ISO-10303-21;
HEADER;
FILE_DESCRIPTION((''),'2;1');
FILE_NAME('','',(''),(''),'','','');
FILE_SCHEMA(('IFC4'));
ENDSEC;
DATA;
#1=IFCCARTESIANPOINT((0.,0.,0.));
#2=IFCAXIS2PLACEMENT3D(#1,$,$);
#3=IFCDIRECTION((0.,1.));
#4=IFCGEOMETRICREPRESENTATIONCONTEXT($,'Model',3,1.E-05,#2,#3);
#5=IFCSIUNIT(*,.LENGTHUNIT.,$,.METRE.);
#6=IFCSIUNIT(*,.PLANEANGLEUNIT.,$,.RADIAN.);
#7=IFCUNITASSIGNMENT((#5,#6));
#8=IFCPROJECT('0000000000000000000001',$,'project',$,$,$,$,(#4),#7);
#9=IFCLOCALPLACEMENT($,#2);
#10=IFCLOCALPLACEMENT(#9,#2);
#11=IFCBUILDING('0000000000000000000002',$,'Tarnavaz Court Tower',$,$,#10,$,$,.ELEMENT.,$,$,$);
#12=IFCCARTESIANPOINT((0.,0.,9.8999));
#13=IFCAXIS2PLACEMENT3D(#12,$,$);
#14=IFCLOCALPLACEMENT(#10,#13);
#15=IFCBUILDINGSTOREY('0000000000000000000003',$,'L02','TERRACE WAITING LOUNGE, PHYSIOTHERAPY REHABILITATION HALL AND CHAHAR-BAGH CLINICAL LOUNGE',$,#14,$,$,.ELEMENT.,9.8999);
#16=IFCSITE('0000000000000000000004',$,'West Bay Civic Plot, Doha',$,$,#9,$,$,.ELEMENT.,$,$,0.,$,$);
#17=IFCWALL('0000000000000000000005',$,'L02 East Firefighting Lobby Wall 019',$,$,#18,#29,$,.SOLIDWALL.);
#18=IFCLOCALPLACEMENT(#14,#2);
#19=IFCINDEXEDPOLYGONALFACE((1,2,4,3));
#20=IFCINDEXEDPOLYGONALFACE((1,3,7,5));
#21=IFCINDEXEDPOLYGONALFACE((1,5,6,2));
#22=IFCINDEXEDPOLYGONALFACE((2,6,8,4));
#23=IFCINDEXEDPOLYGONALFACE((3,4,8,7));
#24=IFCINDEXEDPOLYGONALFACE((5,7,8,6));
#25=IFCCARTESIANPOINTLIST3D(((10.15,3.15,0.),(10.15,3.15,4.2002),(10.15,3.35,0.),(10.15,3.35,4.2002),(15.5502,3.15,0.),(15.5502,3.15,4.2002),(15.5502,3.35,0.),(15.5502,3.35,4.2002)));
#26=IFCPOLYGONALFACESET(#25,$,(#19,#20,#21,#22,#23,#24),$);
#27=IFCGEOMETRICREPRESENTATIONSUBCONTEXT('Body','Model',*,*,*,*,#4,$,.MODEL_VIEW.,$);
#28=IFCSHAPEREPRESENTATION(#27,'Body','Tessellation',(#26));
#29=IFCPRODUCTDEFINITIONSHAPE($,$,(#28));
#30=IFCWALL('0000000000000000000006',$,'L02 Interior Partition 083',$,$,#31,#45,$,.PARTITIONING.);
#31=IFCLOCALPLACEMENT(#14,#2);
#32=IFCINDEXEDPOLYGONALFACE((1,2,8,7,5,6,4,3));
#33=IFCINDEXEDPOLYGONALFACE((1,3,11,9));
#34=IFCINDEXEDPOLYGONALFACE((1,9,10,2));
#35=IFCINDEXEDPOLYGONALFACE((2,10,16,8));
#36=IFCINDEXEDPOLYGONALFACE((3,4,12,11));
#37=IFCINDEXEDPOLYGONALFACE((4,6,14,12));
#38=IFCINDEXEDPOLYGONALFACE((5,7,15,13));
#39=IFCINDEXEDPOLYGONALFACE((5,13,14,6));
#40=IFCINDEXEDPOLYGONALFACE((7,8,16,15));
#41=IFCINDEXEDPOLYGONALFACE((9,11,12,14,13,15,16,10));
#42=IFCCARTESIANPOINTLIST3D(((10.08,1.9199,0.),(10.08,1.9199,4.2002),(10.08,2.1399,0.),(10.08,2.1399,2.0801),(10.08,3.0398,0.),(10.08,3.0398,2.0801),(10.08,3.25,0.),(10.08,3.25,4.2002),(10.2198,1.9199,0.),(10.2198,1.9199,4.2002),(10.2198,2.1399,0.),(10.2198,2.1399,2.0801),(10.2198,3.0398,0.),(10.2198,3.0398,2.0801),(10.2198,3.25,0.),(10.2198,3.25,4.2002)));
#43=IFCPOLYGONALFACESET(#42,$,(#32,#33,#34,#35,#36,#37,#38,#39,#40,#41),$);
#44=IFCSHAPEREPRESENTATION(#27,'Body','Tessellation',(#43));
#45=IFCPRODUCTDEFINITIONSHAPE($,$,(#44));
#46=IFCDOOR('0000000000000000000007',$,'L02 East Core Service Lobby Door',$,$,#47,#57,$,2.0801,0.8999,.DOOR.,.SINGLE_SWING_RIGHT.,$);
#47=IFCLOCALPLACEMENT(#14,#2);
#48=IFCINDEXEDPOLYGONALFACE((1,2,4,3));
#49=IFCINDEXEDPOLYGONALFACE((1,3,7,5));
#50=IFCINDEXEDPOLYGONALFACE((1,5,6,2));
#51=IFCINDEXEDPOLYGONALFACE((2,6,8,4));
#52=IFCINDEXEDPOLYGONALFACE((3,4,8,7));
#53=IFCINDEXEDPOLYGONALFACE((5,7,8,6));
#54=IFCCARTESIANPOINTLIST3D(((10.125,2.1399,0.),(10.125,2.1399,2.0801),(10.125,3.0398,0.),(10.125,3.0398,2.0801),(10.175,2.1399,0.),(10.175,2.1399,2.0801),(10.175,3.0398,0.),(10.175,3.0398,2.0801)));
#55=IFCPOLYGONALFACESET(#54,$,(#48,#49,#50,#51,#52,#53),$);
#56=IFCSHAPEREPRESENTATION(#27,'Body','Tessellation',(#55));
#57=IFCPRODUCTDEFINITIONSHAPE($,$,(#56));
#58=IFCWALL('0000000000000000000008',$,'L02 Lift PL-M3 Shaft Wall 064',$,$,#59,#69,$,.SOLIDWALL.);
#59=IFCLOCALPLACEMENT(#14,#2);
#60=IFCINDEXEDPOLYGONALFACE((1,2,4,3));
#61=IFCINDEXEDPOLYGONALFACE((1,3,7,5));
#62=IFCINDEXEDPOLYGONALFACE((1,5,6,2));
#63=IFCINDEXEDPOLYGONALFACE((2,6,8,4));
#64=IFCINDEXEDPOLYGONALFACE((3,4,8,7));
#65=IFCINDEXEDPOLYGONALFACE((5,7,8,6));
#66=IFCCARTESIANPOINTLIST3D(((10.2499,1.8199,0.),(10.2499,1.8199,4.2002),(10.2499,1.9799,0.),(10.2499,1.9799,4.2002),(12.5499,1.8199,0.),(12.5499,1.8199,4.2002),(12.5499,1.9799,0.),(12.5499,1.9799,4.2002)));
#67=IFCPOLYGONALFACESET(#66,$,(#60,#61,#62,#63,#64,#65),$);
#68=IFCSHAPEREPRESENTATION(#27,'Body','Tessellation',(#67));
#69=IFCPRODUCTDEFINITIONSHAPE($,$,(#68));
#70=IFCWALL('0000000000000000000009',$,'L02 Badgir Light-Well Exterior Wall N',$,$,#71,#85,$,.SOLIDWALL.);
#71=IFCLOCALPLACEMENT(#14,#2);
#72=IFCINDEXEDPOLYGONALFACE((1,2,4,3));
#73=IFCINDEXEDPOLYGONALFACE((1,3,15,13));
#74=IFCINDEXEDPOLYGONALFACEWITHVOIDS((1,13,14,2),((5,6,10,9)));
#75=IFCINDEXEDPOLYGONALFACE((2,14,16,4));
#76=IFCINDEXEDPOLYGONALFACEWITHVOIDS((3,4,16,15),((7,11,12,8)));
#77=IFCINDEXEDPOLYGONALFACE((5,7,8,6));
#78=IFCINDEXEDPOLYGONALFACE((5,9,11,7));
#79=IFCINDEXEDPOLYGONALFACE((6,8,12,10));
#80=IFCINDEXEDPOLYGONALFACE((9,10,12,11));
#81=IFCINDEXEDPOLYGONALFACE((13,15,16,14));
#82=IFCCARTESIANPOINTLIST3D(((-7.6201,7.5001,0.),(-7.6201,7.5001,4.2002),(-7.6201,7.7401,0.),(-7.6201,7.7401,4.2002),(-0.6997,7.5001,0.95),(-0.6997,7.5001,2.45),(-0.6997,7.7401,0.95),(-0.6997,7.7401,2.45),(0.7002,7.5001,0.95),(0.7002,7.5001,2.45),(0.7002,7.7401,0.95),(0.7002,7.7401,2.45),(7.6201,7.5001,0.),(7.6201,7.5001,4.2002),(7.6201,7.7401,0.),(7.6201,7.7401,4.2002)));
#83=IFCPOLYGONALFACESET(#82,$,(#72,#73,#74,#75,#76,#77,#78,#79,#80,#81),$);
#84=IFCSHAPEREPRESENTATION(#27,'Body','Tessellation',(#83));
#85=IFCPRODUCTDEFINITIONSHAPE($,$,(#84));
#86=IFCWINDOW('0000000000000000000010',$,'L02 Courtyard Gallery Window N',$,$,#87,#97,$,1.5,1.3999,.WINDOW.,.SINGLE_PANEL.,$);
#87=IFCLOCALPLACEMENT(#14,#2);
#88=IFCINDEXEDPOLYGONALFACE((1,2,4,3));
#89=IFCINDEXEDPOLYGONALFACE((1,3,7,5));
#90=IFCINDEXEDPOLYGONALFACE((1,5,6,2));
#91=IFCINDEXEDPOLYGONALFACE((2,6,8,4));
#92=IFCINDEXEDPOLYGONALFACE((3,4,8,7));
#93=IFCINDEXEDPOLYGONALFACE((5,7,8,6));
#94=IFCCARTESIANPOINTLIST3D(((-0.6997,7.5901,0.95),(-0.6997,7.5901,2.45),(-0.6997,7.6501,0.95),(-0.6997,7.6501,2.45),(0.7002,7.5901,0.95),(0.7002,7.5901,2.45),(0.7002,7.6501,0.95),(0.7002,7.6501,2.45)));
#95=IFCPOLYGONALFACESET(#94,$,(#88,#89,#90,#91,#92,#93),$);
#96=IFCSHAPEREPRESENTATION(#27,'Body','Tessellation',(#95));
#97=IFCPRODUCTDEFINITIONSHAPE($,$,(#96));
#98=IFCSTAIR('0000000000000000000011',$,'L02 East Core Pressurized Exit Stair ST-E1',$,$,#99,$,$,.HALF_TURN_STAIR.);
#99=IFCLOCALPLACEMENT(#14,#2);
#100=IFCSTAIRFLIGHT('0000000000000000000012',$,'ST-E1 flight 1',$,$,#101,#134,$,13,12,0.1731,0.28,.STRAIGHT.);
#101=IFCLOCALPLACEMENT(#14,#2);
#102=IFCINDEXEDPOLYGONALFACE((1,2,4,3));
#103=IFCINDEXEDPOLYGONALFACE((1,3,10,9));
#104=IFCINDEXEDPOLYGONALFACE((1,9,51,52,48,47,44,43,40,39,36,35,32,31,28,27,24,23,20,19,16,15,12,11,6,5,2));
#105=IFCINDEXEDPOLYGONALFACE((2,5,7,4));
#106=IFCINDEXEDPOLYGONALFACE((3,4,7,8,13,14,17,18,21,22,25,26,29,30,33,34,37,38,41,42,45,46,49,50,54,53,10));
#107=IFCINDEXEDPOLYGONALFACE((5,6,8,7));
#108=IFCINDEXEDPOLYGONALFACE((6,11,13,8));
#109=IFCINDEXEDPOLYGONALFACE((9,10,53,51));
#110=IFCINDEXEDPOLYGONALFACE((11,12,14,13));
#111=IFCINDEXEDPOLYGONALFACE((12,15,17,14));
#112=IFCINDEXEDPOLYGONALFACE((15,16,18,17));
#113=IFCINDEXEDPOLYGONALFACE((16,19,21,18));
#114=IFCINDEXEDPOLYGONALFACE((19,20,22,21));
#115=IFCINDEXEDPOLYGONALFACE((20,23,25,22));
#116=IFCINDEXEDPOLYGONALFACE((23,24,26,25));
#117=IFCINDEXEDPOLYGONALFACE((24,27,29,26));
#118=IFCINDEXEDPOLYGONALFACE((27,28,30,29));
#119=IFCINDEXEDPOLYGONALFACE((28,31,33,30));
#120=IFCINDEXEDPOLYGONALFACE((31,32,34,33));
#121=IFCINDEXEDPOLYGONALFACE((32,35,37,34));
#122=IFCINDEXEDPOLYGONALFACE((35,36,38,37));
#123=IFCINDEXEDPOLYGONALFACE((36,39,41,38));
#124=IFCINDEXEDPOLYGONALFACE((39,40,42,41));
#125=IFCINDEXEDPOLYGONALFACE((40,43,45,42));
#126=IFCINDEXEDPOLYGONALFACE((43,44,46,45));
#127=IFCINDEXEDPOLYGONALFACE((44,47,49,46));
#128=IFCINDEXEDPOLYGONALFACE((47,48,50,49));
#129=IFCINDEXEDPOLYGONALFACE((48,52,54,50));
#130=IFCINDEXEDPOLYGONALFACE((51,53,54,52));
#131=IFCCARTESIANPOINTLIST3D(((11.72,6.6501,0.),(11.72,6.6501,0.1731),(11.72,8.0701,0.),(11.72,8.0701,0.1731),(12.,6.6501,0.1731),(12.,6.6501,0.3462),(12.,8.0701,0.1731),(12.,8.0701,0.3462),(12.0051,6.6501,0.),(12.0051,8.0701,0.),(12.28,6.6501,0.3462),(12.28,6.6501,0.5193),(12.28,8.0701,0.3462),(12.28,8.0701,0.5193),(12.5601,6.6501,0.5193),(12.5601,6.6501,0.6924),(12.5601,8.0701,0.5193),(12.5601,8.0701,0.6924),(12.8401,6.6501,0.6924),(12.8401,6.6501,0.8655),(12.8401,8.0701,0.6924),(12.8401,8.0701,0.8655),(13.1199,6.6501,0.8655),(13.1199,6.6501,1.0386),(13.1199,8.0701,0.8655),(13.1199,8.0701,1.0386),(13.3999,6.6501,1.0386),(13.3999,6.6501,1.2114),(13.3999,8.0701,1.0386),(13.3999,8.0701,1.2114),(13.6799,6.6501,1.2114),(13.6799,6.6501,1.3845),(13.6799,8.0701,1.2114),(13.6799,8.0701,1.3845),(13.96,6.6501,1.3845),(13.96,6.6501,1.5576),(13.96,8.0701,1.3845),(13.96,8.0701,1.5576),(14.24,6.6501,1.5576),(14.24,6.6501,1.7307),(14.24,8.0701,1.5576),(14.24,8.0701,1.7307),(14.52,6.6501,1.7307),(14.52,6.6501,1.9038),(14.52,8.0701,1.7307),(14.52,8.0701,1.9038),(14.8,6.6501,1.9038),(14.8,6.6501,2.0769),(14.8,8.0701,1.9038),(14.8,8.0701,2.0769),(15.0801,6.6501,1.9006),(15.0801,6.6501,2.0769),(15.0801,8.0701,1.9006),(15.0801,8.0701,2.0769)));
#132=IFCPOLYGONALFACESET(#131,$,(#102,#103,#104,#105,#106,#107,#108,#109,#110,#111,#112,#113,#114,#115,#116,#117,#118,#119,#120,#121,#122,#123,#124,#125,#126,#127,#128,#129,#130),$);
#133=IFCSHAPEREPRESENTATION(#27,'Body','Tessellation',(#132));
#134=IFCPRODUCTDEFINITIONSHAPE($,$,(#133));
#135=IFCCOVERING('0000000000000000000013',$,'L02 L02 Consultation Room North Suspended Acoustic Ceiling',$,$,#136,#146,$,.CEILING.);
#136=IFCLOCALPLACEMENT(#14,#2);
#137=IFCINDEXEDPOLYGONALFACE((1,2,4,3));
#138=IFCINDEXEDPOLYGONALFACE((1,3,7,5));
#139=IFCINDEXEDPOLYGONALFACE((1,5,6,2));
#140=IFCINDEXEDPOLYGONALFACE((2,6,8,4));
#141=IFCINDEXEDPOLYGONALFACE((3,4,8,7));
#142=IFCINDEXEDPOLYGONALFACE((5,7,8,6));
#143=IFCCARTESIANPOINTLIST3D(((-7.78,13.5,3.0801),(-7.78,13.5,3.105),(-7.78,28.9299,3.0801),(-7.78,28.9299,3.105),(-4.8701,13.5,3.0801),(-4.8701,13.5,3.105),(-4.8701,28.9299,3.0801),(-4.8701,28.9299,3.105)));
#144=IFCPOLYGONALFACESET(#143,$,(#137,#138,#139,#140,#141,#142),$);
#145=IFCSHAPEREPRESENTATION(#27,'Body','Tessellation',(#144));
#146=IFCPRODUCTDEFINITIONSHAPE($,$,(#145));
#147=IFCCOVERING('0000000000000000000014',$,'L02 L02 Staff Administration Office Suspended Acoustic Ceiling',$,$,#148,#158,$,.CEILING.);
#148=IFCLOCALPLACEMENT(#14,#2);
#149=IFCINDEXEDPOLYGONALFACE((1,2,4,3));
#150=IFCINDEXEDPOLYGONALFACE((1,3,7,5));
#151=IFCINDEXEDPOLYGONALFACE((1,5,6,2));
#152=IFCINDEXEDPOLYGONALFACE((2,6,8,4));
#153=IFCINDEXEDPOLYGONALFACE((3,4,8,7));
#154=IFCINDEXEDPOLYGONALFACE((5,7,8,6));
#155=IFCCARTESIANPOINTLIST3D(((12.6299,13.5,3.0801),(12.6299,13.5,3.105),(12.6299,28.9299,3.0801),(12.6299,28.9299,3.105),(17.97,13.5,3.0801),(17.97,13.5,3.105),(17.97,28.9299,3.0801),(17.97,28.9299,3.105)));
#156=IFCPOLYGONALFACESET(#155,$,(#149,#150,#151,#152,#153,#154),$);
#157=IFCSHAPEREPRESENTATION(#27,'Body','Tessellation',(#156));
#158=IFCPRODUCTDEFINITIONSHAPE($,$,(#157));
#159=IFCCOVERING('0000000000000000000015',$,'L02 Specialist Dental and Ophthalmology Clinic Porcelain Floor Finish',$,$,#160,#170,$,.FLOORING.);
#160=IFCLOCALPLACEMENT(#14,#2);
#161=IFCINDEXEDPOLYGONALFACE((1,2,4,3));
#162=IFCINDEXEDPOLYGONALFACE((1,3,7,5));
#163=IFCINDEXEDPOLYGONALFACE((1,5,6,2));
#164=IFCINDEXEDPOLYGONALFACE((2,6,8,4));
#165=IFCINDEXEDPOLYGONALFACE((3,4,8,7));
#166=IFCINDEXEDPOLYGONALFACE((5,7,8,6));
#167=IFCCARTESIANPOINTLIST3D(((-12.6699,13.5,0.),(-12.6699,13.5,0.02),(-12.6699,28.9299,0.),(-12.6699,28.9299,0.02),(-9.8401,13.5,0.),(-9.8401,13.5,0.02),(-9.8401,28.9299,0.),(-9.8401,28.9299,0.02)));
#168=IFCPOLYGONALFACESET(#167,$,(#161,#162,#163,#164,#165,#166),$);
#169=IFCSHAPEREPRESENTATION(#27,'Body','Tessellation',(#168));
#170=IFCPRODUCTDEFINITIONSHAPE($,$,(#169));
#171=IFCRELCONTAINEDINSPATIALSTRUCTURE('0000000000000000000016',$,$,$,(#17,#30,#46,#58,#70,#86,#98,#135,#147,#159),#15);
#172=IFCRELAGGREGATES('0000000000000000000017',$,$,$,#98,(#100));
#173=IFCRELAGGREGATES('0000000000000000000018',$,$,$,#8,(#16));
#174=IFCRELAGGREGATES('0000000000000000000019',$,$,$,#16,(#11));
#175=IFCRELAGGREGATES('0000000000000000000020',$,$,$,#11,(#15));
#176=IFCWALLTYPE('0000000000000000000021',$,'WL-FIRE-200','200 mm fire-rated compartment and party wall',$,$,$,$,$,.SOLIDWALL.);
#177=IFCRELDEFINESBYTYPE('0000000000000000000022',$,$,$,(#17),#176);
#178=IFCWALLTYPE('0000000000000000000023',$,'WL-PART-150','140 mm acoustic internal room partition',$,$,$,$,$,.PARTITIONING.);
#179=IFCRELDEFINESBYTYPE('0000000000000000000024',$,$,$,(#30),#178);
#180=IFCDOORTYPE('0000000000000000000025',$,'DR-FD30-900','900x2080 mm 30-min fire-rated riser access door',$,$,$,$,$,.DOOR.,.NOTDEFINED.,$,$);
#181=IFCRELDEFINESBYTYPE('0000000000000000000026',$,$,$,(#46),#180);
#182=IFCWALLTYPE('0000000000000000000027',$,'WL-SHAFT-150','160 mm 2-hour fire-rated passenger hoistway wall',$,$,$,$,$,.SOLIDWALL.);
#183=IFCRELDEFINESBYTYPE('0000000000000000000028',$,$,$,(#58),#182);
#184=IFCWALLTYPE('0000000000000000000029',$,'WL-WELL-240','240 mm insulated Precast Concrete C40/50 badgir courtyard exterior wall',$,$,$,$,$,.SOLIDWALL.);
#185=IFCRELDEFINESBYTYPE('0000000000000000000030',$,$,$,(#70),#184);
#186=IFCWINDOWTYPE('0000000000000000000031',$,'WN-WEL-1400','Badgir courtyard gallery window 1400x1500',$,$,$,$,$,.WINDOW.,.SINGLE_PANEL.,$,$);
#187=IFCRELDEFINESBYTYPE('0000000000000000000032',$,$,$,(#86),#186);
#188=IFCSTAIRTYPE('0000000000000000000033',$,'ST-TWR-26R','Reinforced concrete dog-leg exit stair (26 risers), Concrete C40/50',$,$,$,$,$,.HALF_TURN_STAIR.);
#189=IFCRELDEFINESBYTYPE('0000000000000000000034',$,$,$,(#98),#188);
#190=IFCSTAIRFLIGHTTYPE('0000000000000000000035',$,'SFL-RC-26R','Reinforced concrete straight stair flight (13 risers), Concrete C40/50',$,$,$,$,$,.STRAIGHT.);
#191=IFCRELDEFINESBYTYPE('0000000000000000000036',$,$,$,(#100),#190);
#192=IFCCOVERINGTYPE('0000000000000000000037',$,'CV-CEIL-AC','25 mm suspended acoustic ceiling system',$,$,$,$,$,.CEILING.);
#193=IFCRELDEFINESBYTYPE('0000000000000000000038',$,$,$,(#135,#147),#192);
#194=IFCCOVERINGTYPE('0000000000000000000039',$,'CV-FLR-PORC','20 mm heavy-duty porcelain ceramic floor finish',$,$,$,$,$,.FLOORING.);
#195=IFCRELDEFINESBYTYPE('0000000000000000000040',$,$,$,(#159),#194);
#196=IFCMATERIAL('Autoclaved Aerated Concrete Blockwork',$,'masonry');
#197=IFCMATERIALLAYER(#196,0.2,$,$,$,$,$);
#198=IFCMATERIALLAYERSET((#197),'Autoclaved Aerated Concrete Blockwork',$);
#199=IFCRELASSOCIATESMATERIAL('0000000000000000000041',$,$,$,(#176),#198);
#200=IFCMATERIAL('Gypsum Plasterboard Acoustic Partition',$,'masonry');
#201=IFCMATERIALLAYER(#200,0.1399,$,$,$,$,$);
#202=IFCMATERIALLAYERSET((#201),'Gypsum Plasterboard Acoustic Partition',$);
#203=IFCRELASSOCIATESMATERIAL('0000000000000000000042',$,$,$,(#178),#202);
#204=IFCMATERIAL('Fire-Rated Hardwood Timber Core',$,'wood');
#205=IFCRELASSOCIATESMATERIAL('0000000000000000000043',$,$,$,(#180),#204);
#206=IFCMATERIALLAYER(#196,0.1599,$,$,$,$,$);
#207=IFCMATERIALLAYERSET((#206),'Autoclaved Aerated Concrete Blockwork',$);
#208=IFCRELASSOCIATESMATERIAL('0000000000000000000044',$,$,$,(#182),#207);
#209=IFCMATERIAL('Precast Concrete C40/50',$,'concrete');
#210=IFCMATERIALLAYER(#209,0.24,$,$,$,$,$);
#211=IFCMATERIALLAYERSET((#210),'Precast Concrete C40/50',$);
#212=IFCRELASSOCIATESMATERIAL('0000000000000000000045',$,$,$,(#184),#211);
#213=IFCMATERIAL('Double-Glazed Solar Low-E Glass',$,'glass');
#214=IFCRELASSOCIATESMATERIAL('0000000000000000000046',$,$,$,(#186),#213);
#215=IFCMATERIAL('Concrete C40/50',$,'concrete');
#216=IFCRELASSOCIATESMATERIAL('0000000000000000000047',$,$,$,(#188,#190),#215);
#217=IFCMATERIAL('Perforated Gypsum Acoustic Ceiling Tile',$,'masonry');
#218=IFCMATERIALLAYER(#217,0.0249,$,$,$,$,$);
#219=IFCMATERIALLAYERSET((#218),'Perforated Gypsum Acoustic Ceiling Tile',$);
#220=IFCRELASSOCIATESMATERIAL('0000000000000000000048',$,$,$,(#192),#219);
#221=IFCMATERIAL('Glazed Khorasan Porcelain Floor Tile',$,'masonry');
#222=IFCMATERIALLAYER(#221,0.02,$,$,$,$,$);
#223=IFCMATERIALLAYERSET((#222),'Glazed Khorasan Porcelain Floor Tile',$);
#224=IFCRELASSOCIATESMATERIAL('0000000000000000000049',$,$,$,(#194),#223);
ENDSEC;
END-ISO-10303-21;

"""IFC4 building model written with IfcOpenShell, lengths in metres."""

from ifc_helpers import new_model, si_unit, direction, frame, frame_2d, origin, place, context, subcontext, project, spatial, polyline, rectangle, outline, extrude, material, layer, layer_set, type_object, element, fill, aggregate, save


model = new_model("IFC4")

# Units and contexts
model_context = context("Model", 3, precision=1e-05, world=origin(), true_north=direction((0.0, 1.0)))
body_context = subcontext(model_context, "Body", "Model", "MODEL_VIEW")
ifc_project = project(units=[si_unit("LENGTHUNIT", "METRE"), si_unit("PLANEANGLEUNIT", "RADIAN")], contexts=[model_context])

# Site, building, storey
site_placement = place(None, origin())
site = spatial("IfcSite", under=ifc_project, at=site_placement, Name="West Bay Civic Plot, Doha", CompositionType="ELEMENT", RefElevation=0.0)
building_placement = place(site_placement, origin())
building = spatial("IfcBuilding", under=site, at=building_placement, Name="Tarnavaz Court Tower", CompositionType="ELEMENT")
storey_placement = place(building_placement, frame((0.0, 0.0, 9.8999)))
storey = spatial("IfcBuildingStorey", under=building, at=storey_placement, Name="L02", Description="TERRACE WAITING LOUNGE, PHYSIOTHERAPY REHABILITATION HALL AND CHAHAR-BAGH CLINICAL LOUNGE", CompositionType="ELEMENT", Elevation=9.8999)

# Shared definitions
ifc_material_1 = material(Name="Fire-Rated Hardwood Timber Core", Category="wood")

# Wall
ifc_material_2 = material(Name="Autoclaved Aerated Concrete Blockwork", Category="masonry")
ifc_layer_1 = layer(ifc_material_2, 0.2)
ifc_layer_set_1 = layer_set([ifc_layer_1], Name="Autoclaved Aerated Concrete Blockwork")
wall_type_1 = type_object("IfcWallType", Name="WL-FIRE-200", Description="200 mm fire-rated compartment and party wall", PredefinedType="SOLIDWALL", material=ifc_layer_set_1)
wall_1_placement = place(storey_placement, frame((10.1499, 3.25, 0.0), z_axis=(0.0, 0.0, 1.0), x_axis=(1.0, 0.0, 0.0)))
element("IfcWall", 1, at=wall_1_placement, inside=storey, type_object=wall_type_1, Name="L02 East Firefighting Lobby Wall 019", PredefinedType="SOLIDWALL", context=body_context, shape_type="SweptSolid", body=[
    extrude(rectangle(XDim=5.4001, YDim=0.2, at=frame_2d((2.7002, 0.0))), origin(), (0.0, 0.0, 1.0), 4.2002),
])

# Wall, opening, door
ifc_material_3 = material(Name="Gypsum Plasterboard Acoustic Partition", Category="masonry")
ifc_layer_2 = layer(ifc_material_3, 0.1399)
ifc_layer_set_2 = layer_set([ifc_layer_2], Name="Gypsum Plasterboard Acoustic Partition")
wall_type_2 = type_object("IfcWallType", Name="WL-PART-150", Description="140 mm acoustic internal room partition", PredefinedType="PARTITIONING", material=ifc_layer_set_2)
wall_2_placement = place(storey_placement, frame((10.1499, 1.9199, 0.0), z_axis=(0.0, 0.0, 1.0), x_axis=(0.0, 1.0, 0.0)))
wall_2 = element("IfcWall", 2, at=wall_2_placement, inside=storey, type_object=wall_type_2, Name="L02 Interior Partition 083", PredefinedType="PARTITIONING", context=body_context, shape_type="SweptSolid", body=[
    extrude(rectangle(XDim=1.3301, YDim=0.1399, at=frame_2d((0.665, 0.0))), origin(), (0.0, 0.0, 1.0), 4.2002),
])
opening_1_placement = place(wall_2_placement, frame((0.22, 0.0, 0.0)))
opening_1 = element("IfcOpeningElement", 3, at=opening_1_placement, cuts=wall_2, PredefinedType="OPENING", context=body_context, shape_type="SweptSolid", body=[
    extrude(rectangle(XDim=0.8999, YDim=2.0801, at=frame_2d((0.45, 1.04))), frame((0.0, 0.0798, 0.0), z_axis=(0.0, -1.0, 0.0), x_axis=(1.0, 0.0, 0.0)), (0.0, 0.0, 1.0), 0.1599),
])
door_type_1 = type_object("IfcDoorType", Name="DR-FD30-900", Description="900x2080 mm 30-min fire-rated riser access door", OperationType="NOTDEFINED", PredefinedType="DOOR", material=ifc_material_1)
door_1_placement = place(opening_1_placement, origin())
door_1 = element("IfcDoor", 4, at=door_1_placement, inside=storey, type_object=door_type_1, Name="L02 East Core Service Lobby Door", OperationType="SINGLE_SWING_RIGHT", OverallHeight=2.0801, OverallWidth=0.8999, PredefinedType="DOOR", context=body_context, shape_type="SweptSolid", body=[
    extrude(rectangle(XDim=0.8999, YDim=2.0801, at=frame_2d((0.45, 1.04))), frame((0.0, 0.0249, 0.0), z_axis=(0.0, -1.0, 0.0), x_axis=(1.0, 0.0, 0.0)), (0.0, 0.0, 1.0), 0.05),
])
fill(opening_1, door_1)

# Wall
ifc_layer_3 = layer(ifc_material_2, 0.1599)
ifc_layer_set_3 = layer_set([ifc_layer_3], Name="Autoclaved Aerated Concrete Blockwork")
wall_type_3 = type_object("IfcWallType", Name="WL-SHAFT-150", Description="160 mm 2-hour fire-rated passenger hoistway wall", PredefinedType="SOLIDWALL", material=ifc_layer_set_3)
wall_3_placement = place(storey_placement, frame((10.25, 1.8999, 0.0), z_axis=(0.0, 0.0, 1.0), x_axis=(1.0, 0.0, 0.0)))
element("IfcWall", 5, at=wall_3_placement, inside=storey, type_object=wall_type_3, Name="L02 Lift PL-M3 Shaft Wall 064", PredefinedType="SOLIDWALL", context=body_context, shape_type="SweptSolid", body=[
    extrude(rectangle(XDim=2.3, YDim=0.1599, at=frame_2d((1.1499, 0.0))), origin(), (0.0, 0.0, 1.0), 4.2002),
])

# Wall, opening, window
ifc_material_4 = material(Name="Precast Concrete C40/50", Category="concrete")
ifc_layer_4 = layer(ifc_material_4, 0.24)
ifc_layer_set_4 = layer_set([ifc_layer_4], Name="Precast Concrete C40/50")
wall_type_4 = type_object("IfcWallType", Name="WL-WELL-240", Description="240 mm insulated Precast Concrete C40/50 badgir courtyard exterior wall", PredefinedType="SOLIDWALL", material=ifc_layer_set_4)
wall_4_placement = place(storey_placement, frame((7.6201, 7.6201, 0.0), z_axis=(0.0, 0.0, 1.0), x_axis=(-1.0, 0.0, 0.0)))
wall_4 = element("IfcWall", 6, at=wall_4_placement, inside=storey, type_object=wall_type_4, Name="L02 Badgir Light-Well Exterior Wall N", PredefinedType="SOLIDWALL", context=body_context, shape_type="SweptSolid", body=[
    extrude(rectangle(XDim=15.2402, YDim=0.24, at=frame_2d((7.6201, 0.0))), origin(), (0.0, 0.0, 1.0), 4.2002),
])
opening_2_placement = place(wall_4_placement, frame((6.9199, 0.0, 0.95)))
opening_2 = element("IfcOpeningElement", 7, at=opening_2_placement, cuts=wall_4, PredefinedType="OPENING", context=body_context, shape_type="SweptSolid", body=[
    extrude(rectangle(XDim=1.3999, YDim=1.5, at=frame_2d((0.7, 0.75))), frame((0.0, 0.1299, 0.0), z_axis=(0.0, -1.0, 0.0), x_axis=(1.0, 0.0, 0.0)), (0.0, 0.0, 1.0), 0.26),
])
ifc_material_5 = material(Name="Double-Glazed Solar Low-E Glass", Category="glass")
window_type = type_object("IfcWindowType", Name="WN-WEL-1400", Description="Badgir courtyard gallery window 1400x1500", PartitioningType="SINGLE_PANEL", PredefinedType="WINDOW", material=ifc_material_5)
window_placement = place(opening_2_placement, origin())
window = element("IfcWindow", 8, at=window_placement, inside=storey, type_object=window_type, Name="L02 Courtyard Gallery Window N", OverallHeight=1.5, OverallWidth=1.3999, PartitioningType="SINGLE_PANEL", PredefinedType="WINDOW", context=body_context, shape_type="SweptSolid", body=[
    extrude(rectangle(XDim=1.3999, YDim=1.5, at=frame_2d((0.7, 0.75))), frame((0.0, 0.03, 0.0), z_axis=(0.0, -1.0, 0.0), x_axis=(1.0, 0.0, 0.0)), (0.0, 0.0, 1.0), 0.0601),
])
fill(opening_2, window)

# Stair, stair flight
ifc_material_6 = material(Name="Concrete C40/50", Category="concrete")
stair_type = type_object("IfcStairType", Name="ST-TWR-26R", Description="Reinforced concrete dog-leg exit stair (26 risers), Concrete C40/50", PredefinedType="HALF_TURN_STAIR", material=ifc_material_6)
stair_placement = place(storey_placement, origin())
stair = element("IfcStair", 9, at=stair_placement, inside=storey, type_object=stair_type, Name="L02 East Core Pressurized Exit Stair ST-E1", PredefinedType="HALF_TURN_STAIR")
stair_flight_type = type_object("IfcStairFlightType", Name="SFL-RC-26R", Description="Reinforced concrete straight stair flight (13 risers), Concrete C40/50", PredefinedType="STRAIGHT", material=ifc_material_6)
stair_flight_placement = place(storey_placement, frame((11.72, 7.3601, 0.0), z_axis=(0.0, 0.0, 1.0), x_axis=(1.0, 0.0, 0.0)))
stair_flight = element("IfcStairFlight", 10, at=stair_flight_placement, type_object=stair_flight_type, Name="ST-E1 flight 1", NumberOfRisers=13, NumberOfTreads=12, PredefinedType="STRAIGHT", RiserHeight=0.1731, TreadLength=0.28, context=body_context, shape_type="SweptSolid", body=[
    extrude(outline(polyline([(0.0, 0.0), (0.0, 0.1731), (0.28, 0.1731), (0.28, 0.3462), (0.5601, 0.3462), (0.5601, 0.5193), (0.8401, 0.5193), (0.8401, 0.6924), (1.1201, 0.6924), (1.1201, 0.8655), (1.3999, 0.8655), (1.3999, 1.0386), (1.6799, 1.0386), (1.6799, 1.2114), (1.96, 1.2114), (1.96, 1.3845), (2.24, 1.3845), (2.24, 1.5576), (2.52, 1.5576), (2.52, 1.7307), (2.8, 1.7307), (2.8, 1.9038), (3.0801, 1.9038), (3.0801, 2.0769), (3.3601, 2.0769), (3.3601, 2.25), (3.3601, 1.9006), (0.2852, 0.0), (0.0, 0.0)])), frame((0.0, 0.71, 0.0), z_axis=(0.0, -1.0, 0.0), x_axis=(1.0, 0.0, 0.0)), (0.0, 0.0, 1.0), 1.4199),
])
aggregate(stair, [stair_flight])

# Coverings
ifc_material_7 = material(Name="Perforated Gypsum Acoustic Ceiling Tile", Category="masonry")
ifc_layer_5 = layer(ifc_material_7, 0.0249)
ifc_layer_set_5 = layer_set([ifc_layer_5], Name="Perforated Gypsum Acoustic Ceiling Tile")
covering_type_1 = type_object("IfcCoveringType", Name="CV-CEIL-AC", Description="25 mm suspended acoustic ceiling system", PredefinedType="CEILING", material=ifc_layer_set_5)
covering_1_placement = place(storey_placement, frame((0.0, 0.0, 3.0801)))
element("IfcCovering", 11, at=covering_1_placement, inside=storey, type_object=covering_type_1, Name="L02 L02 Consultation Room North Suspended Acoustic Ceiling", PredefinedType="CEILING", context=body_context, shape_type="SweptSolid", body=[
    extrude(outline(polyline([(-7.78, 13.5), (-4.8701, 13.5), (-4.8701, 28.9299), (-7.78, 28.9299), (-7.78, 13.5)])), origin(), (0.0, 0.0, 1.0), 0.0249),
])
covering_2_placement = place(storey_placement, frame((0.0, 0.0, 3.0801)))
element("IfcCovering", 12, at=covering_2_placement, inside=storey, type_object=covering_type_1, Name="L02 L02 Staff Administration Office Suspended Acoustic Ceiling", PredefinedType="CEILING", context=body_context, shape_type="SweptSolid", body=[
    extrude(outline(polyline([(12.6299, 13.5), (17.97, 13.5), (17.97, 28.9299), (12.6299, 28.9299), (12.6299, 13.5)])), origin(), (0.0, 0.0, 1.0), 0.0249),
])
ifc_material_8 = material(Name="Glazed Khorasan Porcelain Floor Tile", Category="masonry")
ifc_layer_6 = layer(ifc_material_8, 0.02)
ifc_layer_set_6 = layer_set([ifc_layer_6], Name="Glazed Khorasan Porcelain Floor Tile")
covering_type_2 = type_object("IfcCoveringType", Name="CV-FLR-PORC", Description="20 mm heavy-duty porcelain ceramic floor finish", PredefinedType="FLOORING", material=ifc_layer_set_6)
covering_3_placement = place(storey_placement, origin())
element("IfcCovering", 13, at=covering_3_placement, inside=storey, type_object=covering_type_2, Name="L02 Specialist Dental and Ophthalmology Clinic Porcelain Floor Finish", PredefinedType="FLOORING", context=body_context, shape_type="SweptSolid", body=[
    extrude(outline(polyline([(-12.6699, 13.5), (-9.8401, 13.5), (-9.8401, 28.9299), (-12.6699, 28.9299), (-12.6699, 13.5)])), origin(), (0.0, 0.0, 1.0), 0.02),
])

save(model, "model.ifc")
